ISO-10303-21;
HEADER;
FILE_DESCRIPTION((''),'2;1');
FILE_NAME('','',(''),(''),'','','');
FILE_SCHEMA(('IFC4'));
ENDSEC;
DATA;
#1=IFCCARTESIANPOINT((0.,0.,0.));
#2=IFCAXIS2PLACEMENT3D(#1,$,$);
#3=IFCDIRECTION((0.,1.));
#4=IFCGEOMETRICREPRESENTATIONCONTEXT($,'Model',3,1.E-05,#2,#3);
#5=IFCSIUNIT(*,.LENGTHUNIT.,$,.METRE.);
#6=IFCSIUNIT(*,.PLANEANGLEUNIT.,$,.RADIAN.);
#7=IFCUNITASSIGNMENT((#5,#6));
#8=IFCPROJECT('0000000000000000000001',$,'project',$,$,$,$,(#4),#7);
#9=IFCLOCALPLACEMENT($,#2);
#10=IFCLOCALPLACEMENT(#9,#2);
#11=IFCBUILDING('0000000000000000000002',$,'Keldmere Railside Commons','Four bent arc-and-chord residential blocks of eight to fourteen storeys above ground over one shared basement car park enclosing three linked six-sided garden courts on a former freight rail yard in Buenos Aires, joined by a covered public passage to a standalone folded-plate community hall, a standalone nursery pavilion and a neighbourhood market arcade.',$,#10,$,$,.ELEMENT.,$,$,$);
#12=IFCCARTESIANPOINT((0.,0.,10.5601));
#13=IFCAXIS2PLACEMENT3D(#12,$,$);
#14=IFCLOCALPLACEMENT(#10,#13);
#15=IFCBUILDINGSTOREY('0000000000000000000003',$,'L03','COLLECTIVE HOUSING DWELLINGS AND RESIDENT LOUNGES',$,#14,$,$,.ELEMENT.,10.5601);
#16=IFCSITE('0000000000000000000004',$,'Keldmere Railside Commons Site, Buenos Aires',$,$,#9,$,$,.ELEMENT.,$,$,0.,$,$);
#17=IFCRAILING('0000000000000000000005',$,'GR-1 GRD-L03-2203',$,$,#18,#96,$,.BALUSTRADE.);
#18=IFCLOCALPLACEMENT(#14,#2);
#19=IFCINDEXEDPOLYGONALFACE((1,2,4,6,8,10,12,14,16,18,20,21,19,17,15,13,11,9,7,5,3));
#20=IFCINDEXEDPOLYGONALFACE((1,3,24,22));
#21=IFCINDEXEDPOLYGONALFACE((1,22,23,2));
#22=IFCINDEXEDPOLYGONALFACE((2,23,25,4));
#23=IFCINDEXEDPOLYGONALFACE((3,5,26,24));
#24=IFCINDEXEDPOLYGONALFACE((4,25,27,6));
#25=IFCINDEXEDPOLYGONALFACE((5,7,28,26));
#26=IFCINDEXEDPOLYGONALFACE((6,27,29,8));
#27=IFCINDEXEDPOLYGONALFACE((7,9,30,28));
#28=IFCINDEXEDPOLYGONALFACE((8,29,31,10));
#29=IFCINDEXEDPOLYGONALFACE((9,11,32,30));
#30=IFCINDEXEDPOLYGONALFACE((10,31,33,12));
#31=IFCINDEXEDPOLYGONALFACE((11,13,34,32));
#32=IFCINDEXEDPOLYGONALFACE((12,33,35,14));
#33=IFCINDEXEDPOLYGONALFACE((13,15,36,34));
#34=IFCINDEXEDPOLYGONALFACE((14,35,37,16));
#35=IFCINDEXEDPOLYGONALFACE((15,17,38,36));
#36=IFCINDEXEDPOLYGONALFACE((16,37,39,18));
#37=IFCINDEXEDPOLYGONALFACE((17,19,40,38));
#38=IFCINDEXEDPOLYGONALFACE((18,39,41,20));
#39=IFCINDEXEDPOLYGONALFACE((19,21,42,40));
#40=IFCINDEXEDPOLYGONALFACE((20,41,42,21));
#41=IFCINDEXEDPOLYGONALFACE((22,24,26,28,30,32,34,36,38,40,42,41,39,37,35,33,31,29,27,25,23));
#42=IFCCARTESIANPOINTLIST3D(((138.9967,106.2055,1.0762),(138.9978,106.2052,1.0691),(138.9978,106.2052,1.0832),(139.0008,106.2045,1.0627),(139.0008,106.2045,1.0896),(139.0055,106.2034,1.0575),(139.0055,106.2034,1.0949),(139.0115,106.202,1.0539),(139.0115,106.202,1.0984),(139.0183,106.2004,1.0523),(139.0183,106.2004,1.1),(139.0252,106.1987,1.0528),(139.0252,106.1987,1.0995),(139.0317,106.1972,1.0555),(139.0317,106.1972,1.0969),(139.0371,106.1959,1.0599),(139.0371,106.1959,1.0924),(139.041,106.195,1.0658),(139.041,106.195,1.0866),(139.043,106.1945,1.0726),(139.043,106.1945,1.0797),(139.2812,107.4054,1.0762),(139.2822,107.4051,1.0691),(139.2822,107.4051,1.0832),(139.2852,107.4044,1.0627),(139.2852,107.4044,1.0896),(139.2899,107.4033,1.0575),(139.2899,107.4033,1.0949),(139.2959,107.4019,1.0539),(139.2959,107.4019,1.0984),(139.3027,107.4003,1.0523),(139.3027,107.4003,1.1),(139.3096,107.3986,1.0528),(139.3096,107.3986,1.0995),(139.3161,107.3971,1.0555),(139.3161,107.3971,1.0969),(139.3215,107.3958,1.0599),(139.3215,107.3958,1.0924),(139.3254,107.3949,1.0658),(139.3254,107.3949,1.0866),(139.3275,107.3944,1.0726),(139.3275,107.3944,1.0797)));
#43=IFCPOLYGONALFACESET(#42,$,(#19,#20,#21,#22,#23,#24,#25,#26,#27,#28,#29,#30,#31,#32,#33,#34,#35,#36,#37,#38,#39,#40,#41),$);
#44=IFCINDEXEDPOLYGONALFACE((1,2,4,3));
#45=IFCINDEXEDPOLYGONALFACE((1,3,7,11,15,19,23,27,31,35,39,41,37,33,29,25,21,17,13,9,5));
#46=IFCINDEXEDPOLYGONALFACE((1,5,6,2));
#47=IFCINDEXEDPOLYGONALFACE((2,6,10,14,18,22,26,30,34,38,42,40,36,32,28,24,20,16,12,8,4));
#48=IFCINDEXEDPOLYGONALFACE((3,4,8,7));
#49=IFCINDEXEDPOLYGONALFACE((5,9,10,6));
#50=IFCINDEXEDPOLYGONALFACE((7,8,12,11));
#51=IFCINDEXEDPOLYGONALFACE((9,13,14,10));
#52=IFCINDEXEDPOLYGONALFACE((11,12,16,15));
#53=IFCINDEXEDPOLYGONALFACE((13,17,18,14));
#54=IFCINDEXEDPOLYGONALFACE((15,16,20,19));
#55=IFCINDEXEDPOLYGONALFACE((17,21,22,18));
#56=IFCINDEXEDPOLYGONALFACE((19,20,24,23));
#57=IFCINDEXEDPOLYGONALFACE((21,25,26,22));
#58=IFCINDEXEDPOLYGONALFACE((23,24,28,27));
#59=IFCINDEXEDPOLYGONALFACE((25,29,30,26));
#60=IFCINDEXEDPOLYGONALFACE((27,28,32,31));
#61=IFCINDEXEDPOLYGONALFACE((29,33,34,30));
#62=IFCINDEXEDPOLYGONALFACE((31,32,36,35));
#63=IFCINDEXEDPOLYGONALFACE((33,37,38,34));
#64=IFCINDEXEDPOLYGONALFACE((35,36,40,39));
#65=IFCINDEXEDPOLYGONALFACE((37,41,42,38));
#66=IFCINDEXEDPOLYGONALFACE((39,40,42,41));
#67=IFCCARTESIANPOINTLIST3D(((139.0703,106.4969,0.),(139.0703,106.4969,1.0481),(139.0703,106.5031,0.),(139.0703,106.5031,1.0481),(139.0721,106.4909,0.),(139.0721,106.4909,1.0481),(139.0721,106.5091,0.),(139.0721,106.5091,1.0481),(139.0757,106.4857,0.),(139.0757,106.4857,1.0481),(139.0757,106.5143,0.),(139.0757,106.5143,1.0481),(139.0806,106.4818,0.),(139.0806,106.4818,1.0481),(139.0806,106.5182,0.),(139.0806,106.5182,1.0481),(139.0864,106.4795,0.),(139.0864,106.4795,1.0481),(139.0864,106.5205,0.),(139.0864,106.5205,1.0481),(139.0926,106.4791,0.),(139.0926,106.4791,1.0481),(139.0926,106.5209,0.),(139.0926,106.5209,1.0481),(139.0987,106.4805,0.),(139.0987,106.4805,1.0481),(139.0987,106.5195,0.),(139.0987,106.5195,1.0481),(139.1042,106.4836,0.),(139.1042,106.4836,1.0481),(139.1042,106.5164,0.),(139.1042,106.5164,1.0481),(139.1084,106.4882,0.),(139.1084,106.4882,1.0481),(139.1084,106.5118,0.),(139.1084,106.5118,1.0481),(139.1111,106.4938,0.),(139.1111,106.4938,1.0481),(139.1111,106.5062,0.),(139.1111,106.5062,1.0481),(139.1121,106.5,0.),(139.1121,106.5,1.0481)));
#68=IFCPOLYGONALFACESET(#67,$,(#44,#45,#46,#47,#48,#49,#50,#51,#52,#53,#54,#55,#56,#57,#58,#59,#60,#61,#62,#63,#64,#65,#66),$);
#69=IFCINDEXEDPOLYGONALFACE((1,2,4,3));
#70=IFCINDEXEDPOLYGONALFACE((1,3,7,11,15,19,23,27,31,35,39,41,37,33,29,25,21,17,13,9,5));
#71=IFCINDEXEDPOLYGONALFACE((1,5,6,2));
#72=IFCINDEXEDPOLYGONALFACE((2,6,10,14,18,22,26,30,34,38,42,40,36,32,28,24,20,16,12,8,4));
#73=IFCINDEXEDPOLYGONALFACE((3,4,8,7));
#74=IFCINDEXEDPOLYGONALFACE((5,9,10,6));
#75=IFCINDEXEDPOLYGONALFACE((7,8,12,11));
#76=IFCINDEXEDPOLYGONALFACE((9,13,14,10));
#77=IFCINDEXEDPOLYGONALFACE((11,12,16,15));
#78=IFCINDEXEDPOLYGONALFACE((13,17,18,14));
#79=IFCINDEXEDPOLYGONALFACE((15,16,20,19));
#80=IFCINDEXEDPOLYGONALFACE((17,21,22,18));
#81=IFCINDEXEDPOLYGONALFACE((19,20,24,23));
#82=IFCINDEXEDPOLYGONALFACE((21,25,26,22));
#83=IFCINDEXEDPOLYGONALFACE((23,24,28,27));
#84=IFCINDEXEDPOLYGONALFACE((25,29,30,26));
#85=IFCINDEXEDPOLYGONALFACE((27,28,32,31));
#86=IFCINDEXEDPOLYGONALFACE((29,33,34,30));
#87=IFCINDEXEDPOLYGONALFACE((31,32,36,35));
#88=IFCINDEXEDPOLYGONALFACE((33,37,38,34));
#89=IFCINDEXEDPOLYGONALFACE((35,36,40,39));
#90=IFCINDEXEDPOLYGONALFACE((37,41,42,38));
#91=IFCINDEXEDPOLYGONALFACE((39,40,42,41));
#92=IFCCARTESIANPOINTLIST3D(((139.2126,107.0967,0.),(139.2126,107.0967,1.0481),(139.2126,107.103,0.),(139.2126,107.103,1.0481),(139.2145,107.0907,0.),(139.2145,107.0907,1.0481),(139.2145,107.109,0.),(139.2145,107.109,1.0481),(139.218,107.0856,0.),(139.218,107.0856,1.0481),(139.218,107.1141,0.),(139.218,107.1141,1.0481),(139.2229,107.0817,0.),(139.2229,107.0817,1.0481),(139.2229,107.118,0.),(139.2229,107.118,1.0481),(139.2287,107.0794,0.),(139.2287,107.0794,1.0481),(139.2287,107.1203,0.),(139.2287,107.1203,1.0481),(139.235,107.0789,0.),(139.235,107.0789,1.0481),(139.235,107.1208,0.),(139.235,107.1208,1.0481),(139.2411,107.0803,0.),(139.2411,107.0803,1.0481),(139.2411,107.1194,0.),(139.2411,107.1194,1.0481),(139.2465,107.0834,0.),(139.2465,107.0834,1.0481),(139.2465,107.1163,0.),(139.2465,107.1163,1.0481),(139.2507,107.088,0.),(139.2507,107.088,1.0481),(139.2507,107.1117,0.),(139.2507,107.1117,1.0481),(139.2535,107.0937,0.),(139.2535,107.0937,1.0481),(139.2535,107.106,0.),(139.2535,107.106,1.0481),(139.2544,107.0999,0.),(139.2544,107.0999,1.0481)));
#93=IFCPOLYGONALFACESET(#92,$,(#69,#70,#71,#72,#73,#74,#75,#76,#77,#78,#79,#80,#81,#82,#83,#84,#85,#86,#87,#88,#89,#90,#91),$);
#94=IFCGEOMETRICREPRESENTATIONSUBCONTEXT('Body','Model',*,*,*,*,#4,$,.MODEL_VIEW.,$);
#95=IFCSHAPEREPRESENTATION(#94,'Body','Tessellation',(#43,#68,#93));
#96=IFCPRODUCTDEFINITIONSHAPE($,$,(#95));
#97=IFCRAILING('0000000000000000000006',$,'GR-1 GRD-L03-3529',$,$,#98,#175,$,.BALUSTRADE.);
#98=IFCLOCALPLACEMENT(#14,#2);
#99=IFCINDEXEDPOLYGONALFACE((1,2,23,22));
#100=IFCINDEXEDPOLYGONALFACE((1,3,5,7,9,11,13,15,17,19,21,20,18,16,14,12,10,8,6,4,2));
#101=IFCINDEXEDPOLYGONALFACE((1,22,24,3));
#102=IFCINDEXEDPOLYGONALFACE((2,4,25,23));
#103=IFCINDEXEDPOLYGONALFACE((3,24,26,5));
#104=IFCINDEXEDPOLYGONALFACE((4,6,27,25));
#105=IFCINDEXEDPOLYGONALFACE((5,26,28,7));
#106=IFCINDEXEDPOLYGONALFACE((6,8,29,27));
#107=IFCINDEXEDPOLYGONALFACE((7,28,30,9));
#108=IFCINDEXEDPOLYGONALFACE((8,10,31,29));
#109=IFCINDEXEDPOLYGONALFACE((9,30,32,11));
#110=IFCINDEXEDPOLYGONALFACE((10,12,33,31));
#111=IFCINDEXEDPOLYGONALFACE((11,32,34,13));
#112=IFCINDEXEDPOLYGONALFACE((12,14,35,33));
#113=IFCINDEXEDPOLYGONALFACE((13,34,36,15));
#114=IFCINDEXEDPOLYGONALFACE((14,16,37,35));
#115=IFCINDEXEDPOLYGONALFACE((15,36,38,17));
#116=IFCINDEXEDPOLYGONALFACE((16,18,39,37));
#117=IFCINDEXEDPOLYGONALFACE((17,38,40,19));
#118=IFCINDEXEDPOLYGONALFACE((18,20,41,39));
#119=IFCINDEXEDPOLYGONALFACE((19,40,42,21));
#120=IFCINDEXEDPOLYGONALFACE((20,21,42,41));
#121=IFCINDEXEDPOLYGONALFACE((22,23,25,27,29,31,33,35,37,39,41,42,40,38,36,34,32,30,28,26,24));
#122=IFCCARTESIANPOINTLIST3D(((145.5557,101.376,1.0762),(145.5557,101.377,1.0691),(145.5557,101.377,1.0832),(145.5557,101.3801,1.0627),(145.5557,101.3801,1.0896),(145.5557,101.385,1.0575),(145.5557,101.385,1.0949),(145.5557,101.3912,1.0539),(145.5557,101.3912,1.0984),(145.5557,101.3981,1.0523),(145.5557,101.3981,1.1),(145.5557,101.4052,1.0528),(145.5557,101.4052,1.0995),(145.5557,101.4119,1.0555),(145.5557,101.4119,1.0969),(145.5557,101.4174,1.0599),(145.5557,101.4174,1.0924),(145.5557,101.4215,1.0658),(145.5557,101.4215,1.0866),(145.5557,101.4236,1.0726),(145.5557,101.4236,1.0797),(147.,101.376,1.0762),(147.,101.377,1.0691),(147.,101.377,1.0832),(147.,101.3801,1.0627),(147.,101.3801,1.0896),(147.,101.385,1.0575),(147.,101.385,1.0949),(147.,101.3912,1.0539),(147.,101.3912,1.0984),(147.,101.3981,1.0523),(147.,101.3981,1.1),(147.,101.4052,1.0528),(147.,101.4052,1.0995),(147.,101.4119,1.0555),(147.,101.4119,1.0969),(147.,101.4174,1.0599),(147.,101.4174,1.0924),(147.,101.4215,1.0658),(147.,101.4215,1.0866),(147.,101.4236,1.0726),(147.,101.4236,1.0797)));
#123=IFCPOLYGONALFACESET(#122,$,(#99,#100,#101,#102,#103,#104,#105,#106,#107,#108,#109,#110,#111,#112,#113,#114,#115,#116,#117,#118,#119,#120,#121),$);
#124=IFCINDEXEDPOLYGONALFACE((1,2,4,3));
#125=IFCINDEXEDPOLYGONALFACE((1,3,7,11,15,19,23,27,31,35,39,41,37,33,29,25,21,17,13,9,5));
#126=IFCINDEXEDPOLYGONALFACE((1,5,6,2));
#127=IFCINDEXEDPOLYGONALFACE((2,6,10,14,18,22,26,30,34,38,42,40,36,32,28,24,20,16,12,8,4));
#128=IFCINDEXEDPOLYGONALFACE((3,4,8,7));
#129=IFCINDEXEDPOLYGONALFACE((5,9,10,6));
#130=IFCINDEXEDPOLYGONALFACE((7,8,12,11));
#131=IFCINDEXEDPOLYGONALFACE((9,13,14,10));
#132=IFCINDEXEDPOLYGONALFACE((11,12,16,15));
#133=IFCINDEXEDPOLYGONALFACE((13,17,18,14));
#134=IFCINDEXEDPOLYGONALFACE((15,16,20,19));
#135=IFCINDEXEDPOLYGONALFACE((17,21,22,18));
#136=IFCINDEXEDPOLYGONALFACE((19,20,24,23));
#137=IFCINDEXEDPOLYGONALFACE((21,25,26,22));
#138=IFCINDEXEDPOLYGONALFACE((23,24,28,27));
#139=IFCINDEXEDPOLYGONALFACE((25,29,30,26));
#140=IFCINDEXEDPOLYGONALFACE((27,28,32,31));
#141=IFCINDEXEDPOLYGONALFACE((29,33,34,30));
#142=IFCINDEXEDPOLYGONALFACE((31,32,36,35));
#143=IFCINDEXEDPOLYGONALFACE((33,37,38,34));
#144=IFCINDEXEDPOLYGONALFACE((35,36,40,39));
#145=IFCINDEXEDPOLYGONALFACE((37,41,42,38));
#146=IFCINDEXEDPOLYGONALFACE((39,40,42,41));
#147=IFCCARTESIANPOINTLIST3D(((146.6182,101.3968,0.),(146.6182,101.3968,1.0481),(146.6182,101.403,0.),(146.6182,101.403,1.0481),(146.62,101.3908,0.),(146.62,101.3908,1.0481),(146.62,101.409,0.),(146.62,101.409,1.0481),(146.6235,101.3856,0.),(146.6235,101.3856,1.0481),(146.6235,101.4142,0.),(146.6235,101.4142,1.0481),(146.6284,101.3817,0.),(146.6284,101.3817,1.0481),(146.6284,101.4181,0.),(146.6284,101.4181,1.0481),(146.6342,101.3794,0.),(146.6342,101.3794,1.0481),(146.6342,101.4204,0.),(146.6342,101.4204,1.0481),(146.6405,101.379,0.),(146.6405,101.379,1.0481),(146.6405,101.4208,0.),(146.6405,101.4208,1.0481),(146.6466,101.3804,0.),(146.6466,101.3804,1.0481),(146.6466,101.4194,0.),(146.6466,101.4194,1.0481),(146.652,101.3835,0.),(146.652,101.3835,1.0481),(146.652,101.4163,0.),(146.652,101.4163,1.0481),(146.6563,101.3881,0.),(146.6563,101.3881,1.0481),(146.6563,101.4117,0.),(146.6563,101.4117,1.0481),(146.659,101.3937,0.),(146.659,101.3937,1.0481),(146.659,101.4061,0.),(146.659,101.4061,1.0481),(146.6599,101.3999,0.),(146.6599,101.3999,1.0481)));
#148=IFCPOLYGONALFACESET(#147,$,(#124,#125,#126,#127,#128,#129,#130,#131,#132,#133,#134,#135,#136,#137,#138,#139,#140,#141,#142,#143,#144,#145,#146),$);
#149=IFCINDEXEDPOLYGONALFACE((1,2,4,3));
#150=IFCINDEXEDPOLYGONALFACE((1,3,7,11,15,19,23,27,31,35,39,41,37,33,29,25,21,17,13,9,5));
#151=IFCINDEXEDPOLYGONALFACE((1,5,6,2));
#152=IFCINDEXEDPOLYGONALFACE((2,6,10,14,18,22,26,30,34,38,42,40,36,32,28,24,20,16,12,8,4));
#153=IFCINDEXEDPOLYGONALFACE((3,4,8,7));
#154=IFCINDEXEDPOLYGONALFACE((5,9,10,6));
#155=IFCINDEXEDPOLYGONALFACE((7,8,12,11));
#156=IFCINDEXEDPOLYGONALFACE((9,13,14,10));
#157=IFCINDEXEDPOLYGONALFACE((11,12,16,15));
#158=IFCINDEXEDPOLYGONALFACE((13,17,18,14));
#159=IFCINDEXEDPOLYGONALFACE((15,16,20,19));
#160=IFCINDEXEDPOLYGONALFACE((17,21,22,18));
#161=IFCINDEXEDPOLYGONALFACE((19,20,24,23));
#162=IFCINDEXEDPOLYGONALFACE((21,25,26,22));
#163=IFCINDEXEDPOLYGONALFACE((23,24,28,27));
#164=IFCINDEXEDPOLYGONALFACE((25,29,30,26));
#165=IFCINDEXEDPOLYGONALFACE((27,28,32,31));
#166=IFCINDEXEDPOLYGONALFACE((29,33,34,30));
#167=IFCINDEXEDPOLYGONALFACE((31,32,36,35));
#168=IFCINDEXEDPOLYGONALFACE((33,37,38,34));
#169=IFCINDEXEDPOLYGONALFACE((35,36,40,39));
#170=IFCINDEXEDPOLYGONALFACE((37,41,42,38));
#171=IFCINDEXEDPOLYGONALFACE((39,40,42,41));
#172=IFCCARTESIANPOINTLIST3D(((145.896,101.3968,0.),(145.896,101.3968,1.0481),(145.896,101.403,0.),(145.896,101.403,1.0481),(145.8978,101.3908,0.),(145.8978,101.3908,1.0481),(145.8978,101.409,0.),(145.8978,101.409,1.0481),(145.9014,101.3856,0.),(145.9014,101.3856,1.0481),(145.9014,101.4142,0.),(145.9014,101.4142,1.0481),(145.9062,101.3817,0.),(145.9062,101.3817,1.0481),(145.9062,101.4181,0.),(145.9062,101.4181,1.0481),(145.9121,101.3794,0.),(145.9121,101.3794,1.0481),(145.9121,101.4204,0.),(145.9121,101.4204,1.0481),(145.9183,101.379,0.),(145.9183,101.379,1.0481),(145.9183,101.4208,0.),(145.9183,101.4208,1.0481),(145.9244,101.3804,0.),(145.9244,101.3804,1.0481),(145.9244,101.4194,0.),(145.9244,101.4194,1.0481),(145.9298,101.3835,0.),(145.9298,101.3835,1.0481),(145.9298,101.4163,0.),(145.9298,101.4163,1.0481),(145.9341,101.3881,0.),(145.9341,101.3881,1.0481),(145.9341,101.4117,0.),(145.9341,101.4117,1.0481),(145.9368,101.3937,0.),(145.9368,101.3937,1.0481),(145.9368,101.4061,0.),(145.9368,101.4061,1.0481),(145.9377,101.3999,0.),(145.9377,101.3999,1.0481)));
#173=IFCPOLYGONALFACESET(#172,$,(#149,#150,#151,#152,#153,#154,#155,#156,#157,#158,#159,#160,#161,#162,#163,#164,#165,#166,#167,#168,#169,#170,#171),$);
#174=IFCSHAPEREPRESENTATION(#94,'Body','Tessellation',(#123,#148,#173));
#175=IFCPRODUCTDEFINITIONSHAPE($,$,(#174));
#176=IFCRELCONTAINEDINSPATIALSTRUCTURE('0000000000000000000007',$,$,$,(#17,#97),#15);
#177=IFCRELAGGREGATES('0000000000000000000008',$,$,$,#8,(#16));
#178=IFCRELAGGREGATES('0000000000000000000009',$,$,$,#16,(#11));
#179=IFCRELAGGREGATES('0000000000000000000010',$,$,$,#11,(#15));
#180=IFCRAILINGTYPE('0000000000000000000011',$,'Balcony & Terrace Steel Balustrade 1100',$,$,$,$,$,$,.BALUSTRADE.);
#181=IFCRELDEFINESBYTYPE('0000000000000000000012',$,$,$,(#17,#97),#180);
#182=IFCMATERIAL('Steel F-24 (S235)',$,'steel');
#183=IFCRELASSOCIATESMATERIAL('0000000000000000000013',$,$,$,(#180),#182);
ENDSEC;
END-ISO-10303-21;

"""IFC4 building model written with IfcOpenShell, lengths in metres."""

from ifc_helpers import new_model, si_unit, direction, frame, origin, origin_2d, place, context, subcontext, project, spatial, circle, extrude, material, type_object, element, save


model = new_model("IFC4")

# Units and contexts
model_context = context("Model", 3, precision=1e-05, world=origin(), true_north=direction((0.0, 1.0)))
body_context = subcontext(model_context, "Body", "Model", "MODEL_VIEW")
ifc_project = project(units=[si_unit("LENGTHUNIT", "METRE"), si_unit("PLANEANGLEUNIT", "RADIAN")], contexts=[model_context])

# Site, building, storey
site_placement = place(None, origin())
site = spatial("IfcSite", under=ifc_project, at=site_placement, Name="Keldmere Railside Commons Site, Buenos Aires", CompositionType="ELEMENT", RefElevation=0.0)
building_placement = place(site_placement, origin())
building = spatial("IfcBuilding", under=site, at=building_placement, Name="Keldmere Railside Commons", Description="Four bent arc-and-chord residential blocks of eight to fourteen storeys above ground over one shared basement car park enclosing three linked six-sided garden courts on a former freight rail yard in Buenos Aires, joined by a covered public passage to a standalone folded-plate community hall, a standalone nursery pavilion and a neighbourhood market arcade.", CompositionType="ELEMENT")
storey_placement = place(building_placement, frame((0.0, 0.0, 10.5601)))
storey = spatial("IfcBuildingStorey", under=building, at=storey_placement, Name="L03", Description="COLLECTIVE HOUSING DWELLINGS AND RESIDENT LOUNGES", CompositionType="ELEMENT", Elevation=10.5601)

# Shared definitions
ifc_material_1 = material(Name="Steel F-24 (S235)", Category="steel")

# Railings
railing_type_1 = type_object("IfcRailingType", Name="Balcony & Terrace Steel Balustrade 1100", PredefinedType="BALUSTRADE", material=ifc_material_1)
railing_1_placement = place(storey_placement, frame((139.02, 106.2, 0.0)))
element("IfcRailing", 1, at=railing_1_placement, inside=storey, type_object=railing_type_1, Name="GR-1 GRD-L03-2203", PredefinedType="BALUSTRADE", context=body_context, shape_type="SweptSolid", body=[
    extrude(circle(Radius=0.0239, at=origin_2d()), frame((0.0, 0.0, 1.0762), z_axis=(0.230639, 0.973039, 0.0), x_axis=(-0.973039, 0.230639, 0.0)), (0.0, 0.0, 1.0), 1.2332),
    extrude(circle(Radius=0.021, at=origin_2d()), frame((0.071, 0.3, 0.0)), (0.0, 0.0, 1.0), 1.0481),
    extrude(circle(Radius=0.021, at=origin_2d()), frame((0.2134, 0.8999, 0.0)), (0.0, 0.0, 1.0), 1.0481),
])
railing_2_placement = place(storey_placement, frame((147.0, 101.3999, 0.0)))
element("IfcRailing", 2, at=railing_2_placement, inside=storey, type_object=railing_type_1, Name="GR-1 GRD-L03-3529", PredefinedType="BALUSTRADE", context=body_context, shape_type="SweptSolid", body=[
    extrude(circle(Radius=0.0239, at=origin_2d()), frame((0.0, 0.0, 1.0762), z_axis=(-1.0, 0.0, 0.0), x_axis=(0.0, -1.0, 0.0)), (0.0, 0.0, 1.0), 1.4443),
    extrude(circle(Radius=0.021, at=origin_2d()), frame((-0.3611, 0.0, 0.0)), (0.0, 0.0, 1.0), 1.0481),
    extrude(circle(Radius=0.021, at=origin_2d()), frame((-1.0833, 0.0, 0.0)), (0.0, 0.0, 1.0), 1.0481),
])

save(model, "model.ifc")
